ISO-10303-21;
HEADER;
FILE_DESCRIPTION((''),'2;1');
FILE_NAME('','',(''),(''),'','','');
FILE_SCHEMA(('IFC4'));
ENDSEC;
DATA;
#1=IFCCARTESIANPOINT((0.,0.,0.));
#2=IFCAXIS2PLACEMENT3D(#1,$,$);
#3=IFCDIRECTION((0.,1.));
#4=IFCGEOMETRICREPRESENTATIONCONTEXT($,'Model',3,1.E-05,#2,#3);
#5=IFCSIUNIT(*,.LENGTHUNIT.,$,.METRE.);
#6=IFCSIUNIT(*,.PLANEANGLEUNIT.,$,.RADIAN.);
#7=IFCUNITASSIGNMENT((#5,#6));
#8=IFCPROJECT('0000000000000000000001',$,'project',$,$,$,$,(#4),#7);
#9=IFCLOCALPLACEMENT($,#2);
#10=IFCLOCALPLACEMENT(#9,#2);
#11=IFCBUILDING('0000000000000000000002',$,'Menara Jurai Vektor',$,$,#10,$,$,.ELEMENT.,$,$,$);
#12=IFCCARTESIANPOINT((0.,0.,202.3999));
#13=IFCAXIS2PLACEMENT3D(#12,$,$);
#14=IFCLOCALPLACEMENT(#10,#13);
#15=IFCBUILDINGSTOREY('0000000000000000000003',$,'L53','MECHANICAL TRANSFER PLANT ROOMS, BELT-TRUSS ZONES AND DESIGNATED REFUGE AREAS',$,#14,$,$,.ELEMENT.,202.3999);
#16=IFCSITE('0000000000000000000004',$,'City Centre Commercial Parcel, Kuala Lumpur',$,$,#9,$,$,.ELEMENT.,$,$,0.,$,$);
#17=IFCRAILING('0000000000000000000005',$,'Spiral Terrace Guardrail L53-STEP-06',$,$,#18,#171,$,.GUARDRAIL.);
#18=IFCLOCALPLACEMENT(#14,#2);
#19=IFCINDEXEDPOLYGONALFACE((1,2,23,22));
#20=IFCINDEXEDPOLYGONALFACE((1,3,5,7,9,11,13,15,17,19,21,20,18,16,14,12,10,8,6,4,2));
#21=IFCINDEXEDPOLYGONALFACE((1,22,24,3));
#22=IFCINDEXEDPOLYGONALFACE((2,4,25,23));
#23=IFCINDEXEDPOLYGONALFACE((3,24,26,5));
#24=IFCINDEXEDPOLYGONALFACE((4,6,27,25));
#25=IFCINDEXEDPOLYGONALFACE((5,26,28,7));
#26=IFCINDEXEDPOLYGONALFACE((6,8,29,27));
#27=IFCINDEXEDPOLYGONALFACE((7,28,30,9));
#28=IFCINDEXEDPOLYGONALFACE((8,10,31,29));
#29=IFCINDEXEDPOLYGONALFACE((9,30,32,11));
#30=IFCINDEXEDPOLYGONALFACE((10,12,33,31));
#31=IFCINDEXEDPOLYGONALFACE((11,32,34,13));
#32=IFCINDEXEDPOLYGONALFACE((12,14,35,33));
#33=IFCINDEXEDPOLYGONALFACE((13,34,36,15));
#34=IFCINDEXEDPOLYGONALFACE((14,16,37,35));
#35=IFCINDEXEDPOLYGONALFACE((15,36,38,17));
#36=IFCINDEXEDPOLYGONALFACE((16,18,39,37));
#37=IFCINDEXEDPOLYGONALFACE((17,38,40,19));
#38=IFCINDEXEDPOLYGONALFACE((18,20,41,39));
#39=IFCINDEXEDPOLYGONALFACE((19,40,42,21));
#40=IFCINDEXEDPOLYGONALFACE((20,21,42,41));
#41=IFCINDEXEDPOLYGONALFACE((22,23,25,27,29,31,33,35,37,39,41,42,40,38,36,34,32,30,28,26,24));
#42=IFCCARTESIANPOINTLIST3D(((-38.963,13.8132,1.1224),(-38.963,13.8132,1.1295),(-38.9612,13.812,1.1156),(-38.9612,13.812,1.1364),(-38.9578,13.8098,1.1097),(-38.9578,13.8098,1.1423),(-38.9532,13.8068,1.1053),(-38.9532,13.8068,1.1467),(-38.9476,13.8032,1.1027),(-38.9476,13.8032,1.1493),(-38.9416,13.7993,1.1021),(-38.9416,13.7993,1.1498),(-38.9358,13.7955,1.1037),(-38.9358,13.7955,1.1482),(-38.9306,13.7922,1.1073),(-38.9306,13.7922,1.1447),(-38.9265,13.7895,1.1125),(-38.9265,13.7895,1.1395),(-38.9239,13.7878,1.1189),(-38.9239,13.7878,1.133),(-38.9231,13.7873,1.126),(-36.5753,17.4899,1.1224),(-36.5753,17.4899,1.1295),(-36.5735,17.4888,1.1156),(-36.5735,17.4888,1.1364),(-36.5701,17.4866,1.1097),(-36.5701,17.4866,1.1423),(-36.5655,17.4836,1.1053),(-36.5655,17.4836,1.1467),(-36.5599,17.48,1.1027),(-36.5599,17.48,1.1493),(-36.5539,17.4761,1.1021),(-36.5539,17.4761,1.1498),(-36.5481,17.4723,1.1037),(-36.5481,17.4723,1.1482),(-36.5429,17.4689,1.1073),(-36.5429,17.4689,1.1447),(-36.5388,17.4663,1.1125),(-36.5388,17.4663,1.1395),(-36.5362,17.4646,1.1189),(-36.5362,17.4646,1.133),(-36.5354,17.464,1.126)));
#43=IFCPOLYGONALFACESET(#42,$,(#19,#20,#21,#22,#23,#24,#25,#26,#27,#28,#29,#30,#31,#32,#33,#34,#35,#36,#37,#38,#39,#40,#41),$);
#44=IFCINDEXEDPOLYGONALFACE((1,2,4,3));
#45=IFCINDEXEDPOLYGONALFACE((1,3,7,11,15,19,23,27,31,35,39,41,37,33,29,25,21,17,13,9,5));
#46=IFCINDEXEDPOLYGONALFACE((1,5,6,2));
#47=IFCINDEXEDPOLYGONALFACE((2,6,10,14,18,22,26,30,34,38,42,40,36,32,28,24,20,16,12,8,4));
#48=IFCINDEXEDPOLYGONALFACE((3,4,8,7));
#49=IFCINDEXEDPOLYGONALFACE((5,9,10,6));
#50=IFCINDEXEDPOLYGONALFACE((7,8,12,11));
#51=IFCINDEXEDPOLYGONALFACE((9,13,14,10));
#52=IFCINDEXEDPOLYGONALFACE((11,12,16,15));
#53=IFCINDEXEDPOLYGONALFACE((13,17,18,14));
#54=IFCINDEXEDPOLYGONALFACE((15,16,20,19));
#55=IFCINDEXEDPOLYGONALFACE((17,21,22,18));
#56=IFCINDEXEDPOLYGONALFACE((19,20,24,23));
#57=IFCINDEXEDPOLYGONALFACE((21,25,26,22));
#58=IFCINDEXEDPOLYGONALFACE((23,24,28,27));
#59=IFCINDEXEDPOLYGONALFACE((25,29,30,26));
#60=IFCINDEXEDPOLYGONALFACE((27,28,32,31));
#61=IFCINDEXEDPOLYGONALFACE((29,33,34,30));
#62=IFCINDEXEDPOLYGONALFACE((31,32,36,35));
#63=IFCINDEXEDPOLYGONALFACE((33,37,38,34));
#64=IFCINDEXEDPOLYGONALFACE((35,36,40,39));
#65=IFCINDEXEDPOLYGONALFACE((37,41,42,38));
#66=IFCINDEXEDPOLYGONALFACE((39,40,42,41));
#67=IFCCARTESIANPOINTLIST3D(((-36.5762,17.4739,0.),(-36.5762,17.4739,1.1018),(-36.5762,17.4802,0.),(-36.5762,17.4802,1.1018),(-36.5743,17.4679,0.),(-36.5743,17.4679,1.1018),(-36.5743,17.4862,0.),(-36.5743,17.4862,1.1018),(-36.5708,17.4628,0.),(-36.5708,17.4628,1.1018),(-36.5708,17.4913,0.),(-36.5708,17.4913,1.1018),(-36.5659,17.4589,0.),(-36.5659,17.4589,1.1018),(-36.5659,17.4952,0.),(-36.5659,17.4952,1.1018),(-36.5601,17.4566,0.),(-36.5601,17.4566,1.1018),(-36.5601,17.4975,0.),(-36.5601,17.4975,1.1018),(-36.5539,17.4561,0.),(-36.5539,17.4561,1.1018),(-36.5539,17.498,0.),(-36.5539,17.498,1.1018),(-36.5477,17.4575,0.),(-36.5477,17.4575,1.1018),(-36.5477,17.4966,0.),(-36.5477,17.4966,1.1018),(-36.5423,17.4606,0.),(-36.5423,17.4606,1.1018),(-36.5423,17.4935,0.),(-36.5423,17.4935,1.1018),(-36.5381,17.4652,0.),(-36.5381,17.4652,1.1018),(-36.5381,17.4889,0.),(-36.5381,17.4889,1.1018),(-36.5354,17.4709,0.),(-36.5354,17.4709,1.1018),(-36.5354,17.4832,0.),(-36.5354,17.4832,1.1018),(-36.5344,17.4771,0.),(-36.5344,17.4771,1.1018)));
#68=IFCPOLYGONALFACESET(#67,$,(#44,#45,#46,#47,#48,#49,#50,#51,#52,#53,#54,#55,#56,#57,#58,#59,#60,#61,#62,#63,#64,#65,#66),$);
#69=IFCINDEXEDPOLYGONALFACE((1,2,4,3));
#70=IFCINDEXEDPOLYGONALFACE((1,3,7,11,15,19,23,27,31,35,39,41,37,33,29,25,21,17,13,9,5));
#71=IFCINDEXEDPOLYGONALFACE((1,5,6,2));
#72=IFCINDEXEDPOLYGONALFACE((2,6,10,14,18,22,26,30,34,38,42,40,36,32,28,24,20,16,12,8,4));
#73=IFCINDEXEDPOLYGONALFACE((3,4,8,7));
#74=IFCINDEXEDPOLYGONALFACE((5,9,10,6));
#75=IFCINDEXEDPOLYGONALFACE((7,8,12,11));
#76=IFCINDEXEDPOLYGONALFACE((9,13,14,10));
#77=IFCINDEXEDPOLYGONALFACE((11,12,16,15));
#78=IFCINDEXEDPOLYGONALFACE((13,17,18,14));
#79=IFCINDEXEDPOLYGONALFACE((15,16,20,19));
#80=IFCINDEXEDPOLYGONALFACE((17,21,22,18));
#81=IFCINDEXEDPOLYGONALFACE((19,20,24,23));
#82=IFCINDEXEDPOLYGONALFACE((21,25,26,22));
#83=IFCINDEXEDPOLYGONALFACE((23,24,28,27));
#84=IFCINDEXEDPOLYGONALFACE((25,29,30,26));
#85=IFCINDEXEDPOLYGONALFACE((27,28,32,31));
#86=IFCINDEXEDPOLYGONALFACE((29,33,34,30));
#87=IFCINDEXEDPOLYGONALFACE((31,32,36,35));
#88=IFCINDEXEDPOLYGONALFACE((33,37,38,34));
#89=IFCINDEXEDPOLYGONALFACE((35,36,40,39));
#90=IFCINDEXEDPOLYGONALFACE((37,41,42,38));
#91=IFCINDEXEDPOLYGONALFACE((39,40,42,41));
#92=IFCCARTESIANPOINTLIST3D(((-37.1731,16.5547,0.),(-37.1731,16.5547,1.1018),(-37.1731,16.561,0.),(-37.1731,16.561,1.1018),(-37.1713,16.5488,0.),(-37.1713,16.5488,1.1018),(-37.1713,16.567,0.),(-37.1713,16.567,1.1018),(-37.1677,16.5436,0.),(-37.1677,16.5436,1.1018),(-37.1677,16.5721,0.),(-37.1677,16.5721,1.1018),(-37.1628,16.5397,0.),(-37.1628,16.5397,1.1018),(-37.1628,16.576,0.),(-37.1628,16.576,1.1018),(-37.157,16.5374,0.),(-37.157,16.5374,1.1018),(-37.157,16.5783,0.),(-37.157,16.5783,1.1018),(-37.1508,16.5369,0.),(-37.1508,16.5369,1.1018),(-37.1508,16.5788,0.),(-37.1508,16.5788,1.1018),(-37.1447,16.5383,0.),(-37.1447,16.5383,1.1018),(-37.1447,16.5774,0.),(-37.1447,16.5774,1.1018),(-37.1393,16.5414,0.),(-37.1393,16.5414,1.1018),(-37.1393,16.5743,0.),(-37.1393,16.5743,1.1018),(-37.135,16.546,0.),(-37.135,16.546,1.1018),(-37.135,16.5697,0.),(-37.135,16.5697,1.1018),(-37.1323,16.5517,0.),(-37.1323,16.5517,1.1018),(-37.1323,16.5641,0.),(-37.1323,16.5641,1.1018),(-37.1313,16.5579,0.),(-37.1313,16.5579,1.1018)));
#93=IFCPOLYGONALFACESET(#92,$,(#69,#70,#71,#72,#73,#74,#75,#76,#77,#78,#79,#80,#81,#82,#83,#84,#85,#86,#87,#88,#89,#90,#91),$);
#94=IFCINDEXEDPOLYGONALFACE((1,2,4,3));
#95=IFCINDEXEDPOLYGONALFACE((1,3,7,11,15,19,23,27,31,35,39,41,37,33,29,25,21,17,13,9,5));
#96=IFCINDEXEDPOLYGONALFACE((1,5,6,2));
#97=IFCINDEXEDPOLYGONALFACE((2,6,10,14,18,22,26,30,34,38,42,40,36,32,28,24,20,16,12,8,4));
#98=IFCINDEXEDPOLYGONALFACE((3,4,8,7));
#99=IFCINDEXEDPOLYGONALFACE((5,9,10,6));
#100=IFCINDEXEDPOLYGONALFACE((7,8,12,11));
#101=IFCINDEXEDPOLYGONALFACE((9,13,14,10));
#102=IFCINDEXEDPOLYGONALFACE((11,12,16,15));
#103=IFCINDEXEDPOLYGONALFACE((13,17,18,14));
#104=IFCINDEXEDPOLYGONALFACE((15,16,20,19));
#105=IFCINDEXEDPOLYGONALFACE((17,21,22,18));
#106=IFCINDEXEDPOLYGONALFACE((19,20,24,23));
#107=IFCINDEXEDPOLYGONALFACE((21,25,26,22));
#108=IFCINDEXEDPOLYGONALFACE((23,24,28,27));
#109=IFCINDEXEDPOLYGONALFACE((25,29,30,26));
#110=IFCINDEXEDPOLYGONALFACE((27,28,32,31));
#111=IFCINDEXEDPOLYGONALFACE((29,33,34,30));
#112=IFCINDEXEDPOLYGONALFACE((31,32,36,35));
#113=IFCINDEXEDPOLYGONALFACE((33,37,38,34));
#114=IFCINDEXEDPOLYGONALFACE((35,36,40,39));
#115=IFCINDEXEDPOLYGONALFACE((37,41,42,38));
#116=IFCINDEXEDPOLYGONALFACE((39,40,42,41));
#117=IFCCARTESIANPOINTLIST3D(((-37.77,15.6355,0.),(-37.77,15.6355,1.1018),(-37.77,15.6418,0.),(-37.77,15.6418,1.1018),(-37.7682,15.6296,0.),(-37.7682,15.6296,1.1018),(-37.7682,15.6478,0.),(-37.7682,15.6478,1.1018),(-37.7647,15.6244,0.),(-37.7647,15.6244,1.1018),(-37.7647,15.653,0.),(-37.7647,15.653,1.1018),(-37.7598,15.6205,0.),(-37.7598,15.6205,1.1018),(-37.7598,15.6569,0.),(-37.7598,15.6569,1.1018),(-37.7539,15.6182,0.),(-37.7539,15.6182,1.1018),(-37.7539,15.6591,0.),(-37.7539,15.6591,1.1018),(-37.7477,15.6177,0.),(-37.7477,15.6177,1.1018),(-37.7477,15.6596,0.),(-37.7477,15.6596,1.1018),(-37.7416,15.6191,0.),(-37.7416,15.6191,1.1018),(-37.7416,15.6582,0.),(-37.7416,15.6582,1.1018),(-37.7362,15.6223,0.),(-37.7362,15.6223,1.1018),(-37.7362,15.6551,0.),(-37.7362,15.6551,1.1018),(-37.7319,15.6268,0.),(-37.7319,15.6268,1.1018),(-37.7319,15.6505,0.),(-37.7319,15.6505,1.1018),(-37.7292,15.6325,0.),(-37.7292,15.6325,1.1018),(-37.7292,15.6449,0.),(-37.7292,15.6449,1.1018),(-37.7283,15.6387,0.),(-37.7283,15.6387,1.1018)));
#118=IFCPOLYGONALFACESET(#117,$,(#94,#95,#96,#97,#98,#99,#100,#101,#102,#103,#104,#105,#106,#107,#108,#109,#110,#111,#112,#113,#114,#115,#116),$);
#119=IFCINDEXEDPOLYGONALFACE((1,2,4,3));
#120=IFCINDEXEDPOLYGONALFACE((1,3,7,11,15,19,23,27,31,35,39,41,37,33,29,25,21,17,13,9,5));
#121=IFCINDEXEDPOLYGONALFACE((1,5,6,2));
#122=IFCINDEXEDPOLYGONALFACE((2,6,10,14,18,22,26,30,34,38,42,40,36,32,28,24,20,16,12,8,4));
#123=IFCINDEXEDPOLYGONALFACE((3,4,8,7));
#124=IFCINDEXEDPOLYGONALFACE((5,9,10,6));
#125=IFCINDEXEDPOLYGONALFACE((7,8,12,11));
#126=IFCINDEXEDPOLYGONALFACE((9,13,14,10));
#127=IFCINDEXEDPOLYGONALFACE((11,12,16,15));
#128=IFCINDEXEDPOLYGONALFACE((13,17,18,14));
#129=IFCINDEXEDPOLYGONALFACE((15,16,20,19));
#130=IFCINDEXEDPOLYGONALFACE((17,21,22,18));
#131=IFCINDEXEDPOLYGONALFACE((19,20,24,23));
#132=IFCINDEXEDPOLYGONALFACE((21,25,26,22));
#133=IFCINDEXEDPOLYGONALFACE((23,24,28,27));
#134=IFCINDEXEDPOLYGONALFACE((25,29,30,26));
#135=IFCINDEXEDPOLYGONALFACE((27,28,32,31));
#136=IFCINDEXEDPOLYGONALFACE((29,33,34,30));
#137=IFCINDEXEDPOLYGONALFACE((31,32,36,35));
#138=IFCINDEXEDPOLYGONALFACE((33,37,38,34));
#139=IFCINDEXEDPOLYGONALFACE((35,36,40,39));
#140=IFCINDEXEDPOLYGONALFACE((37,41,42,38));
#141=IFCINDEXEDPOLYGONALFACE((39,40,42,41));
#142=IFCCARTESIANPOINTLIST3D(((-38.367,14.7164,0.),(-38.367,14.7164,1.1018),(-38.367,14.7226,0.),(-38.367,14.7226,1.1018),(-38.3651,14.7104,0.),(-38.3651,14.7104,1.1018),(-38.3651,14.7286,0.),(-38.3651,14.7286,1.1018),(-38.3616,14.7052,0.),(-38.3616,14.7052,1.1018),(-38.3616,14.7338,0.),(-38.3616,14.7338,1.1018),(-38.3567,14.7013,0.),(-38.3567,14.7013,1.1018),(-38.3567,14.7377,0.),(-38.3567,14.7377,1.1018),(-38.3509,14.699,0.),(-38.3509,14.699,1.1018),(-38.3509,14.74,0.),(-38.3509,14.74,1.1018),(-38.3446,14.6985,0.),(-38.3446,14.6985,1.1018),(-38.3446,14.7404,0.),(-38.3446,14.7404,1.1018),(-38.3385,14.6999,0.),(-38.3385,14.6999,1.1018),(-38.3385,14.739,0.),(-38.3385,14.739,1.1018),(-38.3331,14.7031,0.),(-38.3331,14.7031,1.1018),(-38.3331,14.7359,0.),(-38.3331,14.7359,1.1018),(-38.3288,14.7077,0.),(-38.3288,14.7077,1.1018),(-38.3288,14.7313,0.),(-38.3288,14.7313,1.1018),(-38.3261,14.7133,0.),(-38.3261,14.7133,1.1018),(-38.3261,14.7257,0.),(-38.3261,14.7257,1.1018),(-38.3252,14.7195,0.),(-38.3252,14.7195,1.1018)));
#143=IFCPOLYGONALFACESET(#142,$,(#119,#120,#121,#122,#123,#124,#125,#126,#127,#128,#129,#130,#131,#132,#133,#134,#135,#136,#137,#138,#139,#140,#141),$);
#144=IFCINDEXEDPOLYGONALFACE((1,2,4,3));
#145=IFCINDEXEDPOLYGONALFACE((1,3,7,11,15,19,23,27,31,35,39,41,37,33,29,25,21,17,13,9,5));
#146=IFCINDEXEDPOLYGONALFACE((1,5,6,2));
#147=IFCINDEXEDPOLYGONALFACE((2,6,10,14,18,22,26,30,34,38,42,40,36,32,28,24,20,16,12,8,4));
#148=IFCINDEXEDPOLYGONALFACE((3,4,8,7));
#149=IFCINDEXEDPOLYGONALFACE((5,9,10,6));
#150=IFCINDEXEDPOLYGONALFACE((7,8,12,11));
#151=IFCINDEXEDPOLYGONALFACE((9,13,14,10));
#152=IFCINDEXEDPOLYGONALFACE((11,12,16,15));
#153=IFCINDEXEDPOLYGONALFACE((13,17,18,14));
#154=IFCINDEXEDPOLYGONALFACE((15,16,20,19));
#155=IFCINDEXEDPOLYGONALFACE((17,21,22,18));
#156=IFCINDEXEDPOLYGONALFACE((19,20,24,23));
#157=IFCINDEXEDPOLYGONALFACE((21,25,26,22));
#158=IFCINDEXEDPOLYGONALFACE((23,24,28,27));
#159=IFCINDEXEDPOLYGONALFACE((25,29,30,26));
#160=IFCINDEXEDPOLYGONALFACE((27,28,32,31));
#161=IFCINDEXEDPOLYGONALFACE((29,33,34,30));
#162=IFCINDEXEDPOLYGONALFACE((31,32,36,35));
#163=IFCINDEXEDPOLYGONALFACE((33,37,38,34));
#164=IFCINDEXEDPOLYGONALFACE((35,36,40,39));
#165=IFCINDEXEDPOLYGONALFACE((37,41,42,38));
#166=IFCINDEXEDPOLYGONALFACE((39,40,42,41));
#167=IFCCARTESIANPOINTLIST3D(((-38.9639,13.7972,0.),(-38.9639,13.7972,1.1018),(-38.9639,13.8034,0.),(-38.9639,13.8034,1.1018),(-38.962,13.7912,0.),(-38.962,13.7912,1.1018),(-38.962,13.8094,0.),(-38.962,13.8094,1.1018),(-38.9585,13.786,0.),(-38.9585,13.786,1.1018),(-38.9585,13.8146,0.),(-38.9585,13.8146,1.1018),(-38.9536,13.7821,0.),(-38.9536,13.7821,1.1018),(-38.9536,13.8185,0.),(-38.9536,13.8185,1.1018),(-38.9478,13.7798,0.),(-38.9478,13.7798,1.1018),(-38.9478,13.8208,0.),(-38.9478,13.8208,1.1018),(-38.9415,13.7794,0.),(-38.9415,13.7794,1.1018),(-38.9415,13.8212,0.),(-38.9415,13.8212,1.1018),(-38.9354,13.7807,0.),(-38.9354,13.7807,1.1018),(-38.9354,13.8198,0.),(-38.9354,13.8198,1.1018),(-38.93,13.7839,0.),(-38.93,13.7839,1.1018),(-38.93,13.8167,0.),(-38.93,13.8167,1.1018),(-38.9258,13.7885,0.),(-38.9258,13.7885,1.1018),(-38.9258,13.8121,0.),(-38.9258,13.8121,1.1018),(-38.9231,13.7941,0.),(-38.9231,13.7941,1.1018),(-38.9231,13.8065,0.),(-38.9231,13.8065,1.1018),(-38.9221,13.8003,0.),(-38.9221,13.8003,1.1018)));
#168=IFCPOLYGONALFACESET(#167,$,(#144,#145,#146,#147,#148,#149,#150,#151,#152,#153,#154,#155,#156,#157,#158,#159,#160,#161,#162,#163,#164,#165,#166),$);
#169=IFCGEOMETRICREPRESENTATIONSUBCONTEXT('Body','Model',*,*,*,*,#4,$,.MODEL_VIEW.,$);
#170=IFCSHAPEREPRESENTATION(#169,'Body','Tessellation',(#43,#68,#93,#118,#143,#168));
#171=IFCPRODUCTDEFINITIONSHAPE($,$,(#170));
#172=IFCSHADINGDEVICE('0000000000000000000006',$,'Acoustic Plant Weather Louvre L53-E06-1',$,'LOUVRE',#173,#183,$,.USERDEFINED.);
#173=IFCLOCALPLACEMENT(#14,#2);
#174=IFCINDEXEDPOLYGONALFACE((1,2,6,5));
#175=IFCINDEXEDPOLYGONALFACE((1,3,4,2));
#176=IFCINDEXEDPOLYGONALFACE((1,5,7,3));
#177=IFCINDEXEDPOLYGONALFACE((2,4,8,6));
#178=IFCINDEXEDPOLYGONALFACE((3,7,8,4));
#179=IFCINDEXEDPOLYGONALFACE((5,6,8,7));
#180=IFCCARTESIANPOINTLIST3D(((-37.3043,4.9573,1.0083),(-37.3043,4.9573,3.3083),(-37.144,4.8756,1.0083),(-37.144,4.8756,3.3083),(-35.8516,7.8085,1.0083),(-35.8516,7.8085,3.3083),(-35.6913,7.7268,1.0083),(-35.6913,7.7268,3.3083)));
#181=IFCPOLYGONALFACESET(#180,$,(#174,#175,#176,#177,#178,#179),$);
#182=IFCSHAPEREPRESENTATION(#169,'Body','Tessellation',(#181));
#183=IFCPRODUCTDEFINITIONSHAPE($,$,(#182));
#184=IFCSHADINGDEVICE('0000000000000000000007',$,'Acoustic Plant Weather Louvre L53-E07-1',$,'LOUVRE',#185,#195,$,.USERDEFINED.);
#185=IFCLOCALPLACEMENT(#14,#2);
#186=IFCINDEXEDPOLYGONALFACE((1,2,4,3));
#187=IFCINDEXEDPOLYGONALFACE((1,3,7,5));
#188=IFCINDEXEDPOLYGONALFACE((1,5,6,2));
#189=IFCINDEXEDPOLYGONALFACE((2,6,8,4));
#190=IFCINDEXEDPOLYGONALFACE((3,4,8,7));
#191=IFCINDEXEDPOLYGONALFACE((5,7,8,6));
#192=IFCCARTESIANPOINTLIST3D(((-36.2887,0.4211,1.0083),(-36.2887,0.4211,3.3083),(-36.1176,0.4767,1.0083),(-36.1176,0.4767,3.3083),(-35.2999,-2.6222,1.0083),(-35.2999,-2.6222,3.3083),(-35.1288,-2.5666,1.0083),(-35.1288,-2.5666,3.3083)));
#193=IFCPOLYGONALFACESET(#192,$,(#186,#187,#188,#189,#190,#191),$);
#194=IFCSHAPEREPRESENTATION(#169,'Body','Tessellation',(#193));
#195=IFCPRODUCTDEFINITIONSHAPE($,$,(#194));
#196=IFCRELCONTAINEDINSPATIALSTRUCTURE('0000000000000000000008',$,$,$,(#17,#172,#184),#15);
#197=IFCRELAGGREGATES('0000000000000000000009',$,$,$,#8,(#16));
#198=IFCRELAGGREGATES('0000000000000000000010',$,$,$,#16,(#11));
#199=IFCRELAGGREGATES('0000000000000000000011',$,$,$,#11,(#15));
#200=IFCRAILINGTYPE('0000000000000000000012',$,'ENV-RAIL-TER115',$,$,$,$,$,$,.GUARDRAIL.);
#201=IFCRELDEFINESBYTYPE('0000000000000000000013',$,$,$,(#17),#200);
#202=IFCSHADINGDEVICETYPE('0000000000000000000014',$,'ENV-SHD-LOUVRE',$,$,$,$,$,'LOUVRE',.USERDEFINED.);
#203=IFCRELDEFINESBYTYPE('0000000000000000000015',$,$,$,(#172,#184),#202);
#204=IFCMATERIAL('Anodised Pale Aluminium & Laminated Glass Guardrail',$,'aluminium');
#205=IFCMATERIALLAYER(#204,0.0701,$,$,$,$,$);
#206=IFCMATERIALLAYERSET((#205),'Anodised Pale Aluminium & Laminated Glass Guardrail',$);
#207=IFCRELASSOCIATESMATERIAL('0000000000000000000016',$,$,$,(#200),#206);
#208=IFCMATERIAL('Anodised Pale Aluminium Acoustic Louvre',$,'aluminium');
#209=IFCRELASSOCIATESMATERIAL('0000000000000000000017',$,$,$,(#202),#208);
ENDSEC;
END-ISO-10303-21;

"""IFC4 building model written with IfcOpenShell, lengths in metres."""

from ifc_helpers import new_model, si_unit, direction, frame, origin, origin_2d, place, context, subcontext, project, spatial, rectangle, circle, extrude, material, layer, layer_set, type_object, element, save


model = new_model("IFC4")

# Units and contexts
model_context = context("Model", 3, precision=1e-05, world=origin(), true_north=direction((0.0, 1.0)))
body_context = subcontext(model_context, "Body", "Model", "MODEL_VIEW")
ifc_project = project(units=[si_unit("LENGTHUNIT", "METRE"), si_unit("PLANEANGLEUNIT", "RADIAN")], contexts=[model_context])

# Site, building, storey
site_placement = place(None, origin())
site = spatial("IfcSite", under=ifc_project, at=site_placement, Name="City Centre Commercial Parcel, Kuala Lumpur", CompositionType="ELEMENT", RefElevation=0.0)
building_placement = place(site_placement, origin())
building = spatial("IfcBuilding", under=site, at=building_placement, Name="Menara Jurai Vektor", CompositionType="ELEMENT")
storey_placement = place(building_placement, frame((0.0, 0.0, 202.3999)))
storey = spatial("IfcBuildingStorey", under=building, at=storey_placement, Name="L53", Description="MECHANICAL TRANSFER PLANT ROOMS, BELT-TRUSS ZONES AND DESIGNATED REFUGE AREAS", CompositionType="ELEMENT", Elevation=202.3999)

# Railing
ifc_material_1 = material(Name="Anodised Pale Aluminium & Laminated Glass Guardrail", Category="aluminium")
ifc_layer_1 = layer(ifc_material_1, 0.0701)
ifc_layer_set_1 = layer_set([ifc_layer_1], Name="Anodised Pale Aluminium & Laminated Glass Guardrail")
railing_type = type_object("IfcRailingType", Name="ENV-RAIL-TER115", PredefinedType="GUARDRAIL", material=ifc_layer_set_1)
railing_1_placement = place(storey_placement, frame((-36.5554, 17.4771, 0.0)))
element("IfcRailing", 1, at=railing_1_placement, inside=storey, type_object=railing_type, Name="Spiral Terrace Guardrail L53-STEP-06", PredefinedType="GUARDRAIL", context=body_context, shape_type="SweptSolid", body=[
    extrude(circle(Radius=0.0239, at=origin_2d()), frame((0.0, 0.0, 1.126), z_axis=(-0.544636, -0.838673, 0.0), x_axis=(0.838673, -0.544636, 0.0)), (0.0, 0.0, 1.0), 4.384),
    extrude(circle(Radius=0.021, at=origin_2d()), origin(), (0.0, 0.0, 1.0), 1.1018),
    extrude(circle(Radius=0.021, at=origin_2d()), frame((-0.5969, -0.9192, 0.0)), (0.0, 0.0, 1.0), 1.1018),
    extrude(circle(Radius=0.021, at=origin_2d()), frame((-1.1938, -1.8384, 0.0)), (0.0, 0.0, 1.0), 1.1018),
    extrude(circle(Radius=0.021, at=origin_2d()), frame((-1.7908, -2.7576, 0.0)), (0.0, 0.0, 1.0), 1.1018),
    extrude(circle(Radius=0.021, at=origin_2d()), frame((-2.3877, -3.6768, 0.0)), (0.0, 0.0, 1.0), 1.1018),
])

# Shading devices
ifc_material_2 = material(Name="Anodised Pale Aluminium Acoustic Louvre", Category="aluminium")
shading_device_type = type_object("IfcShadingDeviceType", Name="ENV-SHD-LOUVRE", ElementType="LOUVRE", PredefinedType="USERDEFINED", material=ifc_material_2)
for number, where, z_axis, x_axis, name in (
    (2, (-36.4978, 6.342, 1.0083), (0.0, 0.0, 1.0), (-0.45399, -0.891007, 0.0), "Acoustic Plant Weather Louvre L53-E06-1"),
    (3, (-35.7087, -1.0728, 1.0083), (0.0, 0.0, 1.0), (0.309017, -0.951057, 0.0), "Acoustic Plant Weather Louvre L53-E07-1"),
):
    element("IfcShadingDevice", number, at=place(storey_placement, frame(where, z_axis=z_axis, x_axis=x_axis)), inside=storey, type_object=shading_device_type, Name=name, ObjectType="LOUVRE", PredefinedType="USERDEFINED", context=body_context, shape_type="SweptSolid", body=[
        extrude(rectangle(XDim=3.2, YDim=0.1799, at=origin_2d()), origin(), (0.0, 0.0, 1.0), 2.3),
    ])

save(model, "model.ifc")
